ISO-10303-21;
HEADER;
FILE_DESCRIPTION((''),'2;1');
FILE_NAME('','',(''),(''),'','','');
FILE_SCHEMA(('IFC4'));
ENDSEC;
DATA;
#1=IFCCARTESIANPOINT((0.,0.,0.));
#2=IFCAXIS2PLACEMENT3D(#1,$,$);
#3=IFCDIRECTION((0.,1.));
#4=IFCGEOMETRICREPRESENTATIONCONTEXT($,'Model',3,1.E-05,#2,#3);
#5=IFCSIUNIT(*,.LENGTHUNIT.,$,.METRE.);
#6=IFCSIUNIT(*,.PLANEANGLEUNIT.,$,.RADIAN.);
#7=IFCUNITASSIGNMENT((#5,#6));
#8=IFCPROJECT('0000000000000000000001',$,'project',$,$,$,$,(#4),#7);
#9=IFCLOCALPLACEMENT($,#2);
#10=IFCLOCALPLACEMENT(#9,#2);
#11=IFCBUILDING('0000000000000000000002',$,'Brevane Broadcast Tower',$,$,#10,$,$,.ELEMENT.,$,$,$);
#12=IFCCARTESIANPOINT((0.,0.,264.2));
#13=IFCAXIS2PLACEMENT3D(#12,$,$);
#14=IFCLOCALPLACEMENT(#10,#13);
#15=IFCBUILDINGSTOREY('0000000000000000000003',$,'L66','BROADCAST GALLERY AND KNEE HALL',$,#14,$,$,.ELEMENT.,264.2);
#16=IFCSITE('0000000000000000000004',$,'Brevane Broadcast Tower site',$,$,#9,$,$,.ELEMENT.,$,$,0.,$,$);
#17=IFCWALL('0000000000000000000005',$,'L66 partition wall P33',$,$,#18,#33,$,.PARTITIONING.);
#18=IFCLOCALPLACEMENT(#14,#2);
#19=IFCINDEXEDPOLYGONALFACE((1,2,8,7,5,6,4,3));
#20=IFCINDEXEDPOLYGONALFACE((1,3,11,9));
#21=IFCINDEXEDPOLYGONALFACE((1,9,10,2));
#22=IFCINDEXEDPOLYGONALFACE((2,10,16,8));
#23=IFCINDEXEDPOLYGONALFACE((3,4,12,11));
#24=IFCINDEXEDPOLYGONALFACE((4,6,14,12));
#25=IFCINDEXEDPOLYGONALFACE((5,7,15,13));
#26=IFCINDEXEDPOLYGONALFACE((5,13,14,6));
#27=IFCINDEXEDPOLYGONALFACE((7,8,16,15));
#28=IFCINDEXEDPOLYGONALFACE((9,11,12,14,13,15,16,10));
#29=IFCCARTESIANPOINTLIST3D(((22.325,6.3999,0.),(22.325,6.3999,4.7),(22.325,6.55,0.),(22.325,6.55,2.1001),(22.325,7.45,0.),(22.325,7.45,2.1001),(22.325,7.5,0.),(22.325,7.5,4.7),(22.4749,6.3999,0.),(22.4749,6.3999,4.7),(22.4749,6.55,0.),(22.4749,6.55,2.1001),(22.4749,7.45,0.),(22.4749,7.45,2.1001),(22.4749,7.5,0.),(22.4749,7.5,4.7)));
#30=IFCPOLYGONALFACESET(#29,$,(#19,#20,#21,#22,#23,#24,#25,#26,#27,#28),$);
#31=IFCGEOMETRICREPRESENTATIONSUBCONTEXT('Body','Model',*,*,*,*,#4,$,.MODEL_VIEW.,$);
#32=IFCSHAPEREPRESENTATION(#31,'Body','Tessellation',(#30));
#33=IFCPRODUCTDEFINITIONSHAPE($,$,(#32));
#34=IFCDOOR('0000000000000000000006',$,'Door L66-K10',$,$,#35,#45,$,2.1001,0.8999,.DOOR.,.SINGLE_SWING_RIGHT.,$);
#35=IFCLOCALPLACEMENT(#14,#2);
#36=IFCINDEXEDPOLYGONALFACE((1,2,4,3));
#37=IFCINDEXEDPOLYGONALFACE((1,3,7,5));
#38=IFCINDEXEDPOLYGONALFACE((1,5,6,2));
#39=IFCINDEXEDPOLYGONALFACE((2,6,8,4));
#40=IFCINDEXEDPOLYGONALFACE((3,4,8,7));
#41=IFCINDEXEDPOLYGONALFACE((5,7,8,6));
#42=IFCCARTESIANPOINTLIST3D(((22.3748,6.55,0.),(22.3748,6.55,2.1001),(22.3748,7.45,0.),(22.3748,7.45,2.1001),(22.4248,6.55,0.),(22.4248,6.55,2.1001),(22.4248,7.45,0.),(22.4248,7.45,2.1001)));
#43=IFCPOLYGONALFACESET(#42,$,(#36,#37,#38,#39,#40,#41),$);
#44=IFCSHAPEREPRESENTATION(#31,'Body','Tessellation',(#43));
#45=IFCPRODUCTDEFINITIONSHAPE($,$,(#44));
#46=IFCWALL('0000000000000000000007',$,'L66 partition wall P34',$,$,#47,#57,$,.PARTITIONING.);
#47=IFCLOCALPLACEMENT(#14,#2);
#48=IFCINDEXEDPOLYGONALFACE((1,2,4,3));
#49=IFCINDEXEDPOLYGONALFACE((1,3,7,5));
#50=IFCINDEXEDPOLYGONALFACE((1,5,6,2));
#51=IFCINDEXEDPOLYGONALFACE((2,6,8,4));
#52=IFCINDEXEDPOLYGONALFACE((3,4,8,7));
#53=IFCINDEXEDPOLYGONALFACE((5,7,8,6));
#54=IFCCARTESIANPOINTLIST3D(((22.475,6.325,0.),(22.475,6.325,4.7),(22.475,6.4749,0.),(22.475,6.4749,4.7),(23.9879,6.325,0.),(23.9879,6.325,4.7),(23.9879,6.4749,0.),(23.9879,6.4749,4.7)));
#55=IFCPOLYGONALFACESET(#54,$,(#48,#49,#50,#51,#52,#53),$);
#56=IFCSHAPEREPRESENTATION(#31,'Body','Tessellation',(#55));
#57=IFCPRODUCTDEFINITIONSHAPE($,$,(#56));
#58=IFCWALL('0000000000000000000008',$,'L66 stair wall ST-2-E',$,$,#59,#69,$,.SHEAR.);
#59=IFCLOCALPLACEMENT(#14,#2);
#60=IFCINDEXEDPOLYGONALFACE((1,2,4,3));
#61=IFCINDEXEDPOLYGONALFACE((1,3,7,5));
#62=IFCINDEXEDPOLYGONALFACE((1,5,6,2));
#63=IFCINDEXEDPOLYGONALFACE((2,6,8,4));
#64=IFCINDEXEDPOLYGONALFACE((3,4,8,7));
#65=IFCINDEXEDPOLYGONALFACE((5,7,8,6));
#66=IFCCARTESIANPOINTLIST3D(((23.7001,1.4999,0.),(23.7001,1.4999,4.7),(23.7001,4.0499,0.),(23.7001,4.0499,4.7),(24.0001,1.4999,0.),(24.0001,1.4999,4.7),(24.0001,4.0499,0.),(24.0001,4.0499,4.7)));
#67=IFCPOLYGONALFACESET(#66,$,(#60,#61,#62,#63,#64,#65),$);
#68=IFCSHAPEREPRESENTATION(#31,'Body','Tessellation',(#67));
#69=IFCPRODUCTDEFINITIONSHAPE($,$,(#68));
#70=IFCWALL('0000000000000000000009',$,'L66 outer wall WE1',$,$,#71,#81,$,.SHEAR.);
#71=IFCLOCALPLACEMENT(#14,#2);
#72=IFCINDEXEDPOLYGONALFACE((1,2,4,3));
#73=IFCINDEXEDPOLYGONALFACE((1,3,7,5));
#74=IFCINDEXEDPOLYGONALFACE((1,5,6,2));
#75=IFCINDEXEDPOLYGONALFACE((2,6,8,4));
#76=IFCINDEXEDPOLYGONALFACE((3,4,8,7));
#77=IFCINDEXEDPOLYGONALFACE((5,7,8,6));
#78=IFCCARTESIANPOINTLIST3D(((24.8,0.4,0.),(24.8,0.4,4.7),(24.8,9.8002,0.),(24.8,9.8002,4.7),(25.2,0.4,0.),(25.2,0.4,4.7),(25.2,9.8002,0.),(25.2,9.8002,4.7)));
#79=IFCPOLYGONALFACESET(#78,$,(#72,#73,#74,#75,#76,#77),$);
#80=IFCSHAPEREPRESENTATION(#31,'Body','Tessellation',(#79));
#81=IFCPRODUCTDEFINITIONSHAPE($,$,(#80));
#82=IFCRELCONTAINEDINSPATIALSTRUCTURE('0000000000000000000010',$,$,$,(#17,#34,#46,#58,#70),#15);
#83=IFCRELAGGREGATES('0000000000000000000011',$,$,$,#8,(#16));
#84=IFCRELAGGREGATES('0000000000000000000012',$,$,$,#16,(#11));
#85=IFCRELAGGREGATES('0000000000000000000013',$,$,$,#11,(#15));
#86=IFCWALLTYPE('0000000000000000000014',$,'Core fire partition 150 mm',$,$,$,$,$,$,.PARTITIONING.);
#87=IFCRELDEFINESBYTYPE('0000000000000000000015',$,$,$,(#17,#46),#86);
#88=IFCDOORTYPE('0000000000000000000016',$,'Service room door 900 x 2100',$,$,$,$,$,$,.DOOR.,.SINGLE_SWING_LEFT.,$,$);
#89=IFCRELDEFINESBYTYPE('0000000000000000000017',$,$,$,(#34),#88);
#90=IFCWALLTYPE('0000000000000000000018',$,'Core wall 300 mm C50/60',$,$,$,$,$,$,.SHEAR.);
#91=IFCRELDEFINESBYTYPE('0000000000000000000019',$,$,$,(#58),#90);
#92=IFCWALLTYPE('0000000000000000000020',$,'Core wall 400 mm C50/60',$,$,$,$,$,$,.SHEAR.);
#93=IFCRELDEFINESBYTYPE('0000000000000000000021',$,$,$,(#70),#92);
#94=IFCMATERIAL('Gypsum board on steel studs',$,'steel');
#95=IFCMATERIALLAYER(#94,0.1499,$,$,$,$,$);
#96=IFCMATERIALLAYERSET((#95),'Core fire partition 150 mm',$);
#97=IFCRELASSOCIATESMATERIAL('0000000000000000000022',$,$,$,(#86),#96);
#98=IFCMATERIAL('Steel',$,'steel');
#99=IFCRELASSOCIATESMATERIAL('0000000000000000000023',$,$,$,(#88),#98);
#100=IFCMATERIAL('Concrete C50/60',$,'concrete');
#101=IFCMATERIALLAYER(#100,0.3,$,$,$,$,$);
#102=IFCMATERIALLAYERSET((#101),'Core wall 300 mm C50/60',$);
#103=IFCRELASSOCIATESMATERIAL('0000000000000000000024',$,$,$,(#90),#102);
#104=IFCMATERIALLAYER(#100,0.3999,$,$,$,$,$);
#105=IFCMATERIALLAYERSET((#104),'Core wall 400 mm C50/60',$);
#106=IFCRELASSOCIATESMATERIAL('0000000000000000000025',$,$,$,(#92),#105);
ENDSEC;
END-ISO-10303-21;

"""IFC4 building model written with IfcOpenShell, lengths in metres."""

from ifc_helpers import new_model, si_unit, direction, frame, frame_2d, origin, place, context, subcontext, project, spatial, rectangle, extrude, material, layer, layer_set, type_object, element, fill, save


model = new_model("IFC4")

# Units and contexts
model_context = context("Model", 3, precision=1e-05, world=origin(), true_north=direction((0.0, 1.0)))
body_context = subcontext(model_context, "Body", "Model", "MODEL_VIEW")
ifc_project = project(units=[si_unit("LENGTHUNIT", "METRE"), si_unit("PLANEANGLEUNIT", "RADIAN")], contexts=[model_context])

# Site, building, storey
site_placement = place(None, origin())
site = spatial("IfcSite", under=ifc_project, at=site_placement, Name="Brevane Broadcast Tower site", CompositionType="ELEMENT", RefElevation=0.0)
building_placement = place(site_placement, origin())
building = spatial("IfcBuilding", under=site, at=building_placement, Name="Brevane Broadcast Tower", CompositionType="ELEMENT")
storey_placement = place(building_placement, frame((0.0, 0.0, 264.2)))
storey = spatial("IfcBuildingStorey", under=building, at=storey_placement, Name="L66", Description="BROADCAST GALLERY AND KNEE HALL", CompositionType="ELEMENT", Elevation=264.2)

# Shared definitions
ifc_material_1 = material(Name="Gypsum board on steel studs", Category="steel")
ifc_layer_1 = layer(ifc_material_1, 0.1499)
ifc_layer_set_1 = layer_set([ifc_layer_1], Name="Core fire partition 150 mm")
wall_type_1 = type_object("IfcWallType", Name="Core fire partition 150 mm", PredefinedType="PARTITIONING", material=ifc_layer_set_1)

# Wall, opening, door
wall_1_placement = place(storey_placement, frame((22.3999, 7.5, 0.0), z_axis=(0.0, 0.0, 1.0), x_axis=(0.0, -1.0, 0.0)))
wall_1 = element("IfcWall", 1, at=wall_1_placement, inside=storey, type_object=wall_type_1, Name="L66 partition wall P33", PredefinedType="PARTITIONING", context=body_context, shape_type="SweptSolid", body=[
    extrude(rectangle(XDim=1.1001, YDim=0.1499, at=frame_2d((0.55, 0.0))), origin(), (0.0, 0.0, 1.0), 4.7),
])
opening_placement = place(wall_1_placement, frame((0.05, 0.0, 0.0)))
opening = element("IfcOpeningElement", 2, at=opening_placement, cuts=wall_1, PredefinedType="OPENING", context=body_context, shape_type="SweptSolid", body=[
    extrude(rectangle(XDim=0.8999, YDim=2.1001, at=frame_2d((0.45, 1.05))), frame((0.0, 0.085, 0.0), z_axis=(0.0, -1.0, 0.0), x_axis=(1.0, 0.0, 0.0)), (0.0, 0.0, 1.0), 0.1699),
])
ifc_material_2 = material(Name="Steel", Category="steel")
door_type = type_object("IfcDoorType", Name="Service room door 900 x 2100", OperationType="SINGLE_SWING_LEFT", PredefinedType="DOOR", material=ifc_material_2)
door_placement = place(opening_placement, origin())
door = element("IfcDoor", 3, at=door_placement, inside=storey, type_object=door_type, Name="Door L66-K10", OperationType="SINGLE_SWING_RIGHT", OverallHeight=2.1001, OverallWidth=0.8999, PredefinedType="DOOR", context=body_context, shape_type="SweptSolid", body=[
    extrude(rectangle(XDim=0.8999, YDim=2.1001, at=frame_2d((0.45, 1.05))), frame((0.0, 0.0249, 0.0), z_axis=(0.0, -1.0, 0.0), x_axis=(1.0, 0.0, 0.0)), (0.0, 0.0, 1.0), 0.05),
])
fill(opening, door)

# Walls
wall_2_placement = place(storey_placement, frame((22.4751, 6.3999, 0.0), z_axis=(0.0, 0.0, 1.0), x_axis=(1.0, 0.0, 0.0)))
element("IfcWall", 4, at=wall_2_placement, inside=storey, type_object=wall_type_1, Name="L66 partition wall P34", PredefinedType="PARTITIONING", context=body_context, shape_type="SweptSolid", body=[
    extrude(rectangle(XDim=1.5129, YDim=0.1499, at=frame_2d((0.7563, 0.0))), origin(), (0.0, 0.0, 1.0), 4.7),
])
ifc_material_3 = material(Name="Concrete C50/60", Category="concrete")
ifc_layer_2 = layer(ifc_material_3, 0.3)
ifc_layer_set_2 = layer_set([ifc_layer_2], Name="Core wall 300 mm C50/60")
wall_type_2 = type_object("IfcWallType", Name="Core wall 300 mm C50/60", PredefinedType="SHEAR", material=ifc_layer_set_2)
wall_3_placement = place(storey_placement, frame((23.8501, 1.5, 0.0), z_axis=(0.0, 0.0, 1.0), x_axis=(0.0, 1.0, 0.0)))
element("IfcWall", 5, at=wall_3_placement, inside=storey, type_object=wall_type_2, Name="L66 stair wall ST-2-E", PredefinedType="SHEAR", context=body_context, shape_type="SweptSolid", body=[
    extrude(rectangle(XDim=2.55, YDim=0.3, at=frame_2d((1.2749, 0.0))), origin(), (0.0, 0.0, 1.0), 4.7),
])
ifc_layer_3 = layer(ifc_material_3, 0.3999)
ifc_layer_set_3 = layer_set([ifc_layer_3], Name="Core wall 400 mm C50/60")
wall_type_3 = type_object("IfcWallType", Name="Core wall 400 mm C50/60", PredefinedType="SHEAR", material=ifc_layer_set_3)
wall_4_placement = place(storey_placement, frame((25.0, 0.3999, 0.0), z_axis=(0.0, 0.0, 1.0), x_axis=(0.0, 1.0, 0.0)))
element("IfcWall", 6, at=wall_4_placement, inside=storey, type_object=wall_type_3, Name="L66 outer wall WE1", PredefinedType="SHEAR", context=body_context, shape_type="SweptSolid", body=[
    extrude(rectangle(XDim=9.4001, YDim=0.3999, at=frame_2d((4.7002, 0.0))), origin(), (0.0, 0.0, 1.0), 4.7),
])

save(model, "model.ifc")
